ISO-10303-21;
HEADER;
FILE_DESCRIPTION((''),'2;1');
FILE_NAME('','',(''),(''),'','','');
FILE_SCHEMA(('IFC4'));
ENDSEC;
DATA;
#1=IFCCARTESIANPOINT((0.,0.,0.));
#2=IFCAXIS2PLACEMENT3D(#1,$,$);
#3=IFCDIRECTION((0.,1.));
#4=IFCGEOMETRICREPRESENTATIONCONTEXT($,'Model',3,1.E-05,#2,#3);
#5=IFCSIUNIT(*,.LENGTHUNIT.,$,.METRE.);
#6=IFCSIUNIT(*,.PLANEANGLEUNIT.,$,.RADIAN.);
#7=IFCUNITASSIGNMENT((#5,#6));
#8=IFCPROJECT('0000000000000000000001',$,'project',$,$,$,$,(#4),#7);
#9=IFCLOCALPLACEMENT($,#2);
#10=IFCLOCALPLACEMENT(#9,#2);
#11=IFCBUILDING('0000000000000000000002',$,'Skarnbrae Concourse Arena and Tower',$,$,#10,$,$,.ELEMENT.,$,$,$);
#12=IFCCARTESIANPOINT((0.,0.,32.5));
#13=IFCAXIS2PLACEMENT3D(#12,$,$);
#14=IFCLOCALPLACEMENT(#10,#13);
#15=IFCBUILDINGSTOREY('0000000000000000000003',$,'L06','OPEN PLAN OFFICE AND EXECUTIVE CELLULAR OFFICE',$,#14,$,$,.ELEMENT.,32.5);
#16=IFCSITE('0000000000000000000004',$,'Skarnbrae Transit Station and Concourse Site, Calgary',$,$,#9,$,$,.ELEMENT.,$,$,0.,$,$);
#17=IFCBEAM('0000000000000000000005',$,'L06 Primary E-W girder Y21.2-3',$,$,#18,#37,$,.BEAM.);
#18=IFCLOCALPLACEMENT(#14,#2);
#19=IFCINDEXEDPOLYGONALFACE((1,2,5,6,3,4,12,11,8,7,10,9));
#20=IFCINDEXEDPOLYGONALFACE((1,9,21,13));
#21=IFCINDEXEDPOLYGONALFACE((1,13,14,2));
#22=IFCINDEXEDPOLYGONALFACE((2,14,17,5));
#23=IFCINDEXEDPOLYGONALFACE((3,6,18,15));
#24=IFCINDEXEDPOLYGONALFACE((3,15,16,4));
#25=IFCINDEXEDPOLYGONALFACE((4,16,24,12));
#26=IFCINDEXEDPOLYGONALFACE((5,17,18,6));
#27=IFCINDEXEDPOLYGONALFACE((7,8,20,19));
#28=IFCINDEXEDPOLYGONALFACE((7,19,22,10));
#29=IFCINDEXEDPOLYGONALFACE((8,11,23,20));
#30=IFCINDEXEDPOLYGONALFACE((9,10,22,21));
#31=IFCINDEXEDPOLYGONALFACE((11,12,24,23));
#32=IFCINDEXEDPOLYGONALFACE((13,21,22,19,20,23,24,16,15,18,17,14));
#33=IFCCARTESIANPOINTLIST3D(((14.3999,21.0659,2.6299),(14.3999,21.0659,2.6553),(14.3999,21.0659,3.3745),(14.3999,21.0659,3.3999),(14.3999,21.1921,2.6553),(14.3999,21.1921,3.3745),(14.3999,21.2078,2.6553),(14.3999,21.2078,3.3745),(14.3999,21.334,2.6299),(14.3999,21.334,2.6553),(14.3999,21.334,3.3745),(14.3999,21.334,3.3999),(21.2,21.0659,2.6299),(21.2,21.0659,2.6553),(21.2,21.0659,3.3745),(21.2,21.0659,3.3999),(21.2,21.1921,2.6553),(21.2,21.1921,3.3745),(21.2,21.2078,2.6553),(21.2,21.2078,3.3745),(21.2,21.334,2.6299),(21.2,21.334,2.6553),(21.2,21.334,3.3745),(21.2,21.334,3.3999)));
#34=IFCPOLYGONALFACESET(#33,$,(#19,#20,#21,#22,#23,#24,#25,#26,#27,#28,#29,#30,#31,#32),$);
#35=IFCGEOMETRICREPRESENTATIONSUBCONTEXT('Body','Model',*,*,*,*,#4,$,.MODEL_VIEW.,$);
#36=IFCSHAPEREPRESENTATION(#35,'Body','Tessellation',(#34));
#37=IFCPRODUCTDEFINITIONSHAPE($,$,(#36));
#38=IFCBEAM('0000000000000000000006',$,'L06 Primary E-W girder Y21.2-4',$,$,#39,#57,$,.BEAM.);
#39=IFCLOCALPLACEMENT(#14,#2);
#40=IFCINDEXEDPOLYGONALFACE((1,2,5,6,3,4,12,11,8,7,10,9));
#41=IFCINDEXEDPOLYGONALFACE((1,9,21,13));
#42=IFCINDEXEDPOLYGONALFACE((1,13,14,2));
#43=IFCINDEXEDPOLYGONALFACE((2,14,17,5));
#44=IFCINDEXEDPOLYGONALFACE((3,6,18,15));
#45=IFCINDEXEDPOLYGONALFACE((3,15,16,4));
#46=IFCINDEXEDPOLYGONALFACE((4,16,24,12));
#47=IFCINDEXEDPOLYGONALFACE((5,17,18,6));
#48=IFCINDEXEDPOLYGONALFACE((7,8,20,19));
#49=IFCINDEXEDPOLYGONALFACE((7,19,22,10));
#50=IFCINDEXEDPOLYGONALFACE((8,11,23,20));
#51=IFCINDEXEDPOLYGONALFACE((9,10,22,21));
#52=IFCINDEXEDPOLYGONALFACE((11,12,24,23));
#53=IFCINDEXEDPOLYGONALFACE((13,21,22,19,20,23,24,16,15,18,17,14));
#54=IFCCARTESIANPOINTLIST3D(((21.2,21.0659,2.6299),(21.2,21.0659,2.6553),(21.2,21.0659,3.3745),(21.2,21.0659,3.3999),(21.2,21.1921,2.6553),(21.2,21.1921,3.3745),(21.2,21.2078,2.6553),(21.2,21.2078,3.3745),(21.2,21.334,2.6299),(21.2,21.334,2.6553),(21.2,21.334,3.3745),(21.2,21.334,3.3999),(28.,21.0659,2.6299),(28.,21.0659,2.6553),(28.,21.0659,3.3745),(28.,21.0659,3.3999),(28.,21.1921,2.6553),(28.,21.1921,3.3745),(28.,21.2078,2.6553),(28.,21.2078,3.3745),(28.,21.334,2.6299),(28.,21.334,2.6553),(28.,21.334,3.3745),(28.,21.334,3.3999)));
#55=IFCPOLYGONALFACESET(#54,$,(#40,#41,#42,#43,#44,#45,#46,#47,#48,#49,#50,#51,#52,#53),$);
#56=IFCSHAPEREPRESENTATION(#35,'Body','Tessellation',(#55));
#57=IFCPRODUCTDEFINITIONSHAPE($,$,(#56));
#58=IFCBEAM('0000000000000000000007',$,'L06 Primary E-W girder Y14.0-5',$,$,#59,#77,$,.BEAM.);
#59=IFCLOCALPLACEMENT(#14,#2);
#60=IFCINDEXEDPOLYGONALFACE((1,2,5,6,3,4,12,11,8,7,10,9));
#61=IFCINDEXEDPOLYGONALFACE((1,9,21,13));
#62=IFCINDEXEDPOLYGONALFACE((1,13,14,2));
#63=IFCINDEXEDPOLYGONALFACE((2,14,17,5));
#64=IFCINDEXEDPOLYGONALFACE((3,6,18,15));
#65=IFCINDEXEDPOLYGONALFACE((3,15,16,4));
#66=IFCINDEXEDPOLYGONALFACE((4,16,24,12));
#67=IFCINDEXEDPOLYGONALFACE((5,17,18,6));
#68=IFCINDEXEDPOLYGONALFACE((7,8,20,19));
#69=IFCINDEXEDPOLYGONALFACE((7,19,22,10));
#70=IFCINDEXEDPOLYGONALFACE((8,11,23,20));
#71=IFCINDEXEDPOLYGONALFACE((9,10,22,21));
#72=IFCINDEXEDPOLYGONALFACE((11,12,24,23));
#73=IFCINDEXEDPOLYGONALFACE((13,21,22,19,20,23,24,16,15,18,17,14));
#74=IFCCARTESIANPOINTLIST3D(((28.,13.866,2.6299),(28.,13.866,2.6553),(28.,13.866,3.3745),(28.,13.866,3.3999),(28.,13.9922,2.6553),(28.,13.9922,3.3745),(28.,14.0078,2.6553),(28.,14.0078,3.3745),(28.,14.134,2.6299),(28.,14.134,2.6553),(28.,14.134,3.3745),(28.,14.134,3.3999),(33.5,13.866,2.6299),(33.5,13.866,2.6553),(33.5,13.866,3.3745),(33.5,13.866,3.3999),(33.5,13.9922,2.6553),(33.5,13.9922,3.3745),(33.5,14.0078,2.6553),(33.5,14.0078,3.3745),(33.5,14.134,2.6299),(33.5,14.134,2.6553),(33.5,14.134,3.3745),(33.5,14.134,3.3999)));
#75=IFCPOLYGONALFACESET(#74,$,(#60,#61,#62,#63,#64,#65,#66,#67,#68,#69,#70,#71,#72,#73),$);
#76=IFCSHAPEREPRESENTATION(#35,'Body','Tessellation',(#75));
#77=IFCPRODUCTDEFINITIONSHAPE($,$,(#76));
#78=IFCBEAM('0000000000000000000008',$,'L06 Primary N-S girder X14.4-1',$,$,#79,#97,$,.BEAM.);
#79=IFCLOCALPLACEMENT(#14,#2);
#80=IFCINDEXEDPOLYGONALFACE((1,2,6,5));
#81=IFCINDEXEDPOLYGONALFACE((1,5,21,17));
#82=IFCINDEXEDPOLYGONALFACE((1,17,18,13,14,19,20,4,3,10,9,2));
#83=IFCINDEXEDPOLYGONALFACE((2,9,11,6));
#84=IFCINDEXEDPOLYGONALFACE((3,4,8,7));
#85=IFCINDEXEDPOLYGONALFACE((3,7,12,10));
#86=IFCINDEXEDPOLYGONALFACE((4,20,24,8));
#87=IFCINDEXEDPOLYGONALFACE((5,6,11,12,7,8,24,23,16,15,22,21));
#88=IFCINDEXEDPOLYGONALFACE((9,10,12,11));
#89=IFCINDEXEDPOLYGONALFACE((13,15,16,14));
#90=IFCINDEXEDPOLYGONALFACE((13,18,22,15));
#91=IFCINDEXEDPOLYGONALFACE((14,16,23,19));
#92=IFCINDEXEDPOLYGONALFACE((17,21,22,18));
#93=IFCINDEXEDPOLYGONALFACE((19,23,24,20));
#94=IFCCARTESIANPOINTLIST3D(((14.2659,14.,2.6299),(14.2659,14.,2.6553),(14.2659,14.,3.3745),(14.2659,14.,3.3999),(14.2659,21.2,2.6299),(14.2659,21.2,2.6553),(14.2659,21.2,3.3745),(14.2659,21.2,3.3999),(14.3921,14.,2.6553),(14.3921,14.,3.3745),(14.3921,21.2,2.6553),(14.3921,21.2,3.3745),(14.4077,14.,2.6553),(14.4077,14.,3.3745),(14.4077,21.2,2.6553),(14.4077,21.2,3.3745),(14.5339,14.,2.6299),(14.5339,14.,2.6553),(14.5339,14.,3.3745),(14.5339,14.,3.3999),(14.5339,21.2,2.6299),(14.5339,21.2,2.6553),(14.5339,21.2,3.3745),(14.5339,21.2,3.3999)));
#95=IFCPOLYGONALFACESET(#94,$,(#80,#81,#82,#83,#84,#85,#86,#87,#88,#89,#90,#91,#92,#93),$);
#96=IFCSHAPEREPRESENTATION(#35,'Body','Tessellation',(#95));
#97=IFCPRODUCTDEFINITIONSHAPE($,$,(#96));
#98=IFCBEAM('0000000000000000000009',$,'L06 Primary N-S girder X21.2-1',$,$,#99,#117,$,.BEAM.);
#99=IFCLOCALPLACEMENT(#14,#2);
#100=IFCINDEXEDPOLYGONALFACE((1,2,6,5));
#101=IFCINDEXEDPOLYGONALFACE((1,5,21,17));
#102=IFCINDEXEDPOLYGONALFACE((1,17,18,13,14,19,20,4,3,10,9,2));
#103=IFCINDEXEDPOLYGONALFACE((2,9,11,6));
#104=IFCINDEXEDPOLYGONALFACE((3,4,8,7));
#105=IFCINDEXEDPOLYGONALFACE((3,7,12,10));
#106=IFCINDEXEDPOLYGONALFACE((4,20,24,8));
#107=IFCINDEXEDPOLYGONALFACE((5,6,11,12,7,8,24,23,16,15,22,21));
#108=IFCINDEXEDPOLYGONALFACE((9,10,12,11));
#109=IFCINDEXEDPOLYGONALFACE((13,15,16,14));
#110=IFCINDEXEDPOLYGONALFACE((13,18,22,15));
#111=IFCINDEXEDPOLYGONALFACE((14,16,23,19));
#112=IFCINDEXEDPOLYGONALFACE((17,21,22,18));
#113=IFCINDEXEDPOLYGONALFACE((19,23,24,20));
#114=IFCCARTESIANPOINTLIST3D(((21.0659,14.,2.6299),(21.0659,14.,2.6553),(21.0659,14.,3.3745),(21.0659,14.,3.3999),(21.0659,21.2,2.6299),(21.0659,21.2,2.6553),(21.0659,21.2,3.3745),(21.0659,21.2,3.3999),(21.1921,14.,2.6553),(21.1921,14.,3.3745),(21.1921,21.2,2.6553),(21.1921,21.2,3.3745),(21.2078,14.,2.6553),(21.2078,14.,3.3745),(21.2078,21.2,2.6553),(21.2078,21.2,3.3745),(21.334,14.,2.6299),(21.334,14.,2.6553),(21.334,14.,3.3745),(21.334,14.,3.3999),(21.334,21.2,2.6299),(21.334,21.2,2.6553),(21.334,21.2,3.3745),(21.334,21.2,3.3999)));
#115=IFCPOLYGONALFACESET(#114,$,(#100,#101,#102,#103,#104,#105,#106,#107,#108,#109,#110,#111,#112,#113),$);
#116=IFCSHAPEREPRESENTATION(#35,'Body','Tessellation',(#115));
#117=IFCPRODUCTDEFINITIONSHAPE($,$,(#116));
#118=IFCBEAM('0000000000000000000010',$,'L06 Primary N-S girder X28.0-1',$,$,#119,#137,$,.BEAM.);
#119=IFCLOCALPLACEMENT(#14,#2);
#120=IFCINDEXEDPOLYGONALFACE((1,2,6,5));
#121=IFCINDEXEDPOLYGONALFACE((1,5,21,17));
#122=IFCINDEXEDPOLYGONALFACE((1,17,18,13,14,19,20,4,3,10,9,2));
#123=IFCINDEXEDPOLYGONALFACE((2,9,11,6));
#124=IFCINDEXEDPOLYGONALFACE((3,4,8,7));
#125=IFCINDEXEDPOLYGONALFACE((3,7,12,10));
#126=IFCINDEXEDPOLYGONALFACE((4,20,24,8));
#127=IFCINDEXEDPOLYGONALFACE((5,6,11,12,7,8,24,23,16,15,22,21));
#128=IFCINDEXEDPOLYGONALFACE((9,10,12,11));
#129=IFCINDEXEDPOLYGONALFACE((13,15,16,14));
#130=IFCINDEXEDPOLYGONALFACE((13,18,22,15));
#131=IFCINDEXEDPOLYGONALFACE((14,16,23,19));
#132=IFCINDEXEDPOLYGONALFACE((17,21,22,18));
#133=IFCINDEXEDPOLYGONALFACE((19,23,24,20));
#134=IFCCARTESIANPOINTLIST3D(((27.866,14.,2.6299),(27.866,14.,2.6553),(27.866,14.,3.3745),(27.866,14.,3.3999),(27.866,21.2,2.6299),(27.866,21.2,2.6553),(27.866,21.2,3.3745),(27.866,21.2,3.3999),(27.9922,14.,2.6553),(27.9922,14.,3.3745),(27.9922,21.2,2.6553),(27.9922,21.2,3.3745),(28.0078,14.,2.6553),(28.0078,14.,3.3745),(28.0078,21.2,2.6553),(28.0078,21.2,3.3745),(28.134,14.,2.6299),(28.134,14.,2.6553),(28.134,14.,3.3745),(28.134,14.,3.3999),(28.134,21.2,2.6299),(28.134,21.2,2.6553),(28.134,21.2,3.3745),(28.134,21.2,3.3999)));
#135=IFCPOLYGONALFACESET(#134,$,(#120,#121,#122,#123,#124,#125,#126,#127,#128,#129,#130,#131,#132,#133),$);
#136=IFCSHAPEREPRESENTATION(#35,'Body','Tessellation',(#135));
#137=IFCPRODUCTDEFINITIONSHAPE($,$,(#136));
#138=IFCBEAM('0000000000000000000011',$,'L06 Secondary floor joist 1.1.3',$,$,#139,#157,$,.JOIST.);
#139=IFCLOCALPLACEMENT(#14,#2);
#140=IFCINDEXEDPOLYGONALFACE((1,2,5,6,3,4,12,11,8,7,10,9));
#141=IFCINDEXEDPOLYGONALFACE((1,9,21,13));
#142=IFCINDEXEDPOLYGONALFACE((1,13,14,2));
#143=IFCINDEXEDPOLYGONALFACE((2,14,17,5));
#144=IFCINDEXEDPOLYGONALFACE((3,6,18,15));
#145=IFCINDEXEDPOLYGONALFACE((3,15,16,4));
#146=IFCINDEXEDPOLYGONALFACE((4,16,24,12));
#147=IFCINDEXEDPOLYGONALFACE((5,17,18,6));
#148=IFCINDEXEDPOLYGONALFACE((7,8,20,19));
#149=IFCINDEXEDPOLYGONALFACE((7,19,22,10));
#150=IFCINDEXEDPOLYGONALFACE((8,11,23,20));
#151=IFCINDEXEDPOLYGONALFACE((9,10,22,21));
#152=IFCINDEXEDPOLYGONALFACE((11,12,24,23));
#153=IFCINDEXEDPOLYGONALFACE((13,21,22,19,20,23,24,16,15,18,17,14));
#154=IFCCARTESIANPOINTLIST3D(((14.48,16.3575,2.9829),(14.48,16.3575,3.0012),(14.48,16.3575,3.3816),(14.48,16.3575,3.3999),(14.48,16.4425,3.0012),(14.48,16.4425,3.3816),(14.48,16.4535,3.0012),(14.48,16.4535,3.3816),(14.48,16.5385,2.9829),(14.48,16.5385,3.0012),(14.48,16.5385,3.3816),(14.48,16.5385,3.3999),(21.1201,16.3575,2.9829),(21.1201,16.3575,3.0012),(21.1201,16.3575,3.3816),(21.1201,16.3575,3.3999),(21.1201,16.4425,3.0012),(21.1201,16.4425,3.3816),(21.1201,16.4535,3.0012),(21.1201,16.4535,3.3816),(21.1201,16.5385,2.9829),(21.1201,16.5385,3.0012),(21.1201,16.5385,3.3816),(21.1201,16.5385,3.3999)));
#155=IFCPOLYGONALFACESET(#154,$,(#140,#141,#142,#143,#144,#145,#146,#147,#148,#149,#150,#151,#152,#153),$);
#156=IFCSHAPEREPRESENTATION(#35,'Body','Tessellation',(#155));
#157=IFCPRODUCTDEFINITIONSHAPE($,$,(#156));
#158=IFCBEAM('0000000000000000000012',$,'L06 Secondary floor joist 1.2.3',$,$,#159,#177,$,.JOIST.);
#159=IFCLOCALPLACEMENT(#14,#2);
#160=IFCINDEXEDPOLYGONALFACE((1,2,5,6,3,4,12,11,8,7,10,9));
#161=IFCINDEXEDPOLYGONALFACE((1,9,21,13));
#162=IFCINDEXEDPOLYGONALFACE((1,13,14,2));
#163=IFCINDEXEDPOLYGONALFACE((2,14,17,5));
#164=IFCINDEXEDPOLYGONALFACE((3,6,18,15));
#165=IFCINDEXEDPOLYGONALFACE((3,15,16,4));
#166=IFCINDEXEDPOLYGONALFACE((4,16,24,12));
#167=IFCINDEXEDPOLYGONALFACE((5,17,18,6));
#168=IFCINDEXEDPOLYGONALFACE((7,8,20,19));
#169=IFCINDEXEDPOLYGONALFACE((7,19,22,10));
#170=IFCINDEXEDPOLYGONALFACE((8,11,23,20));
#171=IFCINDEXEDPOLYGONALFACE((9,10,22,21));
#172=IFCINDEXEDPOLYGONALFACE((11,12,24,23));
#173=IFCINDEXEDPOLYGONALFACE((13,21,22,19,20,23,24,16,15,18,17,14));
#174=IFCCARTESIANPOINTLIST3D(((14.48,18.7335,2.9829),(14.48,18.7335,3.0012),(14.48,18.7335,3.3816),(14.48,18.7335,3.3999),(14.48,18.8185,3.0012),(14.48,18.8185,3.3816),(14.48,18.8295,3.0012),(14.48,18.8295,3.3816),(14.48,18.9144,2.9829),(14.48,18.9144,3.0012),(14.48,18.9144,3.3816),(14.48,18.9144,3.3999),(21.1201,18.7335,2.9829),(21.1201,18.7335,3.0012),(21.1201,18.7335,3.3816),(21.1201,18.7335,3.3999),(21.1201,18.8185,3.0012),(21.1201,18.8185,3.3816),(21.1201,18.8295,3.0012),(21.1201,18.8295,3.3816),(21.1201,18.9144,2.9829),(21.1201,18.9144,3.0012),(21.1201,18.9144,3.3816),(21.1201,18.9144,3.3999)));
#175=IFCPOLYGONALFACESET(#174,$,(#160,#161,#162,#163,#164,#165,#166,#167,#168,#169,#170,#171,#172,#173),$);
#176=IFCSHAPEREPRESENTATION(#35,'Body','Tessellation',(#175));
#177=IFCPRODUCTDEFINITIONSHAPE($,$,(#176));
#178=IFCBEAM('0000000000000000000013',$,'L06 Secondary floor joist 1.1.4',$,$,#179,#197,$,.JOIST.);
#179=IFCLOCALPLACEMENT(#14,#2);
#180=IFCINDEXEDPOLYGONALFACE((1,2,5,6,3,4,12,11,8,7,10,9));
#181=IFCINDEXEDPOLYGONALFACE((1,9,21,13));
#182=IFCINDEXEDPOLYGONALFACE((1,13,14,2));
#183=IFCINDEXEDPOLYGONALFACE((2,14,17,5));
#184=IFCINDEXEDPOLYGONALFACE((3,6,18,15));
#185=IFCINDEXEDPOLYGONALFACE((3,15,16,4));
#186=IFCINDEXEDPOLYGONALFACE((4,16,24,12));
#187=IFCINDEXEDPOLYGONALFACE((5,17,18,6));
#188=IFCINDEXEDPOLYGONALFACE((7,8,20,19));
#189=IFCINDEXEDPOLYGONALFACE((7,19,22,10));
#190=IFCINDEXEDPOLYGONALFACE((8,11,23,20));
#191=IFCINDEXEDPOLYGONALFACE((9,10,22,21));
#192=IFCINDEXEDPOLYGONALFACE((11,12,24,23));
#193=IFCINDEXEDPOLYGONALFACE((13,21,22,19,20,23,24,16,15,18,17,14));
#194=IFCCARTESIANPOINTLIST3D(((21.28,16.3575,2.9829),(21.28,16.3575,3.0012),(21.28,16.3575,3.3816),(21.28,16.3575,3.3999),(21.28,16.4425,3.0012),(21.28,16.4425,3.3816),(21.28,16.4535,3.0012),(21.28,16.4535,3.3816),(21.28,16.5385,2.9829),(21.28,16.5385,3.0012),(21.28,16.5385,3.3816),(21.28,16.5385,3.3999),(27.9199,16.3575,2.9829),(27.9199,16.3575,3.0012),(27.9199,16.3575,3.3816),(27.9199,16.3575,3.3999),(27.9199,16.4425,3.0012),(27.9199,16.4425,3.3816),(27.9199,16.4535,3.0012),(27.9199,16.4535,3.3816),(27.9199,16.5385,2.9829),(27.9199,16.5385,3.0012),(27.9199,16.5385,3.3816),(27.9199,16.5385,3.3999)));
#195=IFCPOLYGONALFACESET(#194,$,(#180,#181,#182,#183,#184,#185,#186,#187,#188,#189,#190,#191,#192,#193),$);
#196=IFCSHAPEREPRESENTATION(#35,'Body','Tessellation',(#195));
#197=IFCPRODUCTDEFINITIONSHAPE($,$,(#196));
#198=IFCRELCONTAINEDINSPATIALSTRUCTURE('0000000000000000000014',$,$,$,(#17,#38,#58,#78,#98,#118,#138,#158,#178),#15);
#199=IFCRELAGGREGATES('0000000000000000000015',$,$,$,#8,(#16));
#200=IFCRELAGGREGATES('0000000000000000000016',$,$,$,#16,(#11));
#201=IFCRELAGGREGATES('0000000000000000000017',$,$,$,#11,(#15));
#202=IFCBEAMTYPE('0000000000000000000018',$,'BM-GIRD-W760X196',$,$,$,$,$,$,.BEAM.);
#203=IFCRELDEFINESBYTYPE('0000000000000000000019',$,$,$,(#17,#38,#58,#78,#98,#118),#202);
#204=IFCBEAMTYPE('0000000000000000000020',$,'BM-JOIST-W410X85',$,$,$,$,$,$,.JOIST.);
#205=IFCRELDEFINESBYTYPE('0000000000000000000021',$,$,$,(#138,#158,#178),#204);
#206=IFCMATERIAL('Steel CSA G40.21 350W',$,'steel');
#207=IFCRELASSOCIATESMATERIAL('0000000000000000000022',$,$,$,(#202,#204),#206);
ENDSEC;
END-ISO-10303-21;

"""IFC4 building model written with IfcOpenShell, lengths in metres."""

from ifc_helpers import new_model, si_unit, direction, frame, origin, origin_2d, place, context, subcontext, project, spatial, i_section, extrude, source, transform, mapped, material, material_profile, profile_set, type_object, element, save


model = new_model("IFC4")

# Units and contexts
model_context = context("Model", 3, precision=1e-05, world=origin(), true_north=direction((0.0, 1.0)))
body_context = subcontext(model_context, "Body", "Model", "MODEL_VIEW")
ifc_project = project(units=[si_unit("LENGTHUNIT", "METRE"), si_unit("PLANEANGLEUNIT", "RADIAN")], contexts=[model_context])

# Site, building, storey
site_placement = place(None, origin())
site = spatial("IfcSite", under=ifc_project, at=site_placement, Name="Skarnbrae Transit Station and Concourse Site, Calgary", CompositionType="ELEMENT", RefElevation=0.0)
building_placement = place(site_placement, origin())
building = spatial("IfcBuilding", under=site, at=building_placement, Name="Skarnbrae Concourse Arena and Tower", CompositionType="ELEMENT")
storey_placement = place(building_placement, frame((0.0, 0.0, 32.5)))
storey = spatial("IfcBuildingStorey", under=building, at=storey_placement, Name="L06", Description="OPEN PLAN OFFICE AND EXECUTIVE CELLULAR OFFICE", CompositionType="ELEMENT", Elevation=32.5)

# Shared definitions
ifc_material_1 = material(Name="Steel CSA G40.21 350W", Category="steel")

# Beams
ifc_material_profile_1 = material_profile(ifc_material_1, i_section(OverallWidth=0.2681, OverallDepth=0.77, WebThickness=0.0156, FlangeThickness=0.0254, at=origin_2d()), Name="W760X196")
ifc_profile_set_1 = profile_set([ifc_material_profile_1], Name="Steel CSA G40.21 350W")
beam_type_1 = type_object("IfcBeamType", Name="BM-GIRD-W760X196", PredefinedType="BEAM", material=ifc_profile_set_1)
shared_shape_1 = source(origin(), body_context, "Body", "SweptSolid", [
    extrude(i_section(OverallWidth=0.2681, OverallDepth=0.77, WebThickness=0.0156, FlangeThickness=0.0254, at=origin_2d()), origin(), (0.0, 0.0, 1.0), 6.8),
])
for number, where, z_axis, x_axis, name in (
    (1, (14.3999, 21.2, 3.0149), (1.0, 0.0, 0.0), (0.0, 1.0, 0.0), "L06 Primary E-W girder Y21.2-3"),
    (2, (21.2, 21.2, 3.0149), (1.0, 0.0, 0.0), (0.0, 1.0, 0.0), "L06 Primary E-W girder Y21.2-4"),
):
    element("IfcBeam", number, at=place(storey_placement, frame(where, z_axis=z_axis, x_axis=x_axis)), inside=storey, type_object=beam_type_1, Name=name, PredefinedType="BEAM", context=body_context, shape_type="MappedRepresentation", body=[
        mapped(shared_shape_1, transform((0.0, 0.0, 0.0))),
    ])
shared_shape_2 = source(origin(), body_context, "Body", "SweptSolid", [
    extrude(i_section(OverallWidth=0.2681, OverallDepth=0.77, WebThickness=0.0156, FlangeThickness=0.0254, at=origin_2d()), origin(), (0.0, 0.0, 1.0), 5.5),
])
beam_1_placement = place(storey_placement, frame((28.0, 14.0, 3.0149), z_axis=(1.0, 0.0, 0.0), x_axis=(0.0, 1.0, 0.0)))
element("IfcBeam", 3, at=beam_1_placement, inside=storey, type_object=beam_type_1, Name="L06 Primary E-W girder Y14.0-5", PredefinedType="BEAM", context=body_context, shape_type="MappedRepresentation", body=[
    mapped(shared_shape_2, transform((0.0, 0.0, 0.0))),
])
shared_shape_3 = source(origin(), body_context, "Body", "SweptSolid", [
    extrude(i_section(OverallWidth=0.2681, OverallDepth=0.77, WebThickness=0.0156, FlangeThickness=0.0254, at=origin_2d()), origin(), (0.0, 0.0, 1.0), 7.2),
])
for number, where, z_axis, x_axis, name in (
    (4, (14.3999, 14.0, 3.0149), (0.0, 1.0, 0.0), (-1.0, 0.0, 0.0), "L06 Primary N-S girder X14.4-1"),
    (5, (21.2, 14.0, 3.0149), (0.0, 1.0, 0.0), (-1.0, 0.0, 0.0), "L06 Primary N-S girder X21.2-1"),
    (6, (28.0, 14.0, 3.0149), (0.0, 1.0, 0.0), (-1.0, 0.0, 0.0), "L06 Primary N-S girder X28.0-1"),
):
    element("IfcBeam", number, at=place(storey_placement, frame(where, z_axis=z_axis, x_axis=x_axis)), inside=storey, type_object=beam_type_1, Name=name, PredefinedType="BEAM", context=body_context, shape_type="MappedRepresentation", body=[
        mapped(shared_shape_3, transform((0.0, 0.0, 0.0))),
    ])
ifc_material_profile_2 = material_profile(ifc_material_1, i_section(OverallWidth=0.1809, OverallDepth=0.417, WebThickness=0.011, FlangeThickness=0.0183, at=origin_2d()), Name="W410X85")
ifc_profile_set_2 = profile_set([ifc_material_profile_2], Name="Steel CSA G40.21 350W")
beam_type_2 = type_object("IfcBeamType", Name="BM-JOIST-W410X85", PredefinedType="JOIST", material=ifc_profile_set_2)
shared_shape_4 = source(origin(), body_context, "Body", "SweptSolid", [
    extrude(i_section(OverallWidth=0.1809, OverallDepth=0.417, WebThickness=0.011, FlangeThickness=0.0183, at=origin_2d()), origin(), (0.0, 0.0, 1.0), 6.6401),
])
for number, where, z_axis, x_axis, name in (
    (7, (14.48, 16.448, 3.1914), (1.0, 0.0, 0.0), (0.0, 1.0, 0.0), "L06 Secondary floor joist 1.1.3"),
    (8, (14.48, 18.824, 3.1914), (1.0, 0.0, 0.0), (0.0, 1.0, 0.0), "L06 Secondary floor joist 1.2.3"),
):
    element("IfcBeam", number, at=place(storey_placement, frame(where, z_axis=z_axis, x_axis=x_axis)), inside=storey, type_object=beam_type_2, Name=name, PredefinedType="JOIST", context=body_context, shape_type="MappedRepresentation", body=[
        mapped(shared_shape_4, transform((0.0, 0.0, 0.0))),
    ])
shared_shape_5 = source(origin(), body_context, "Body", "SweptSolid", [
    extrude(i_section(OverallWidth=0.1809, OverallDepth=0.417, WebThickness=0.011, FlangeThickness=0.0183, at=origin_2d()), origin(), (0.0, 0.0, 1.0), 6.6399),
])
for number, where, z_axis, x_axis, name in (
    (9, (21.28, 16.448, 3.1914), (1.0, 0.0, 0.0), (0.0, 1.0, 0.0), "L06 Secondary floor joist 1.1.4"),
):
    element("IfcBeam", number, at=place(storey_placement, frame(where, z_axis=z_axis, x_axis=x_axis)), inside=storey, type_object=beam_type_2, Name=name, PredefinedType="JOIST", context=body_context, shape_type="MappedRepresentation", body=[
        mapped(shared_shape_5, transform((0.0, 0.0, 0.0))),
    ])

save(model, "model.ifc")
